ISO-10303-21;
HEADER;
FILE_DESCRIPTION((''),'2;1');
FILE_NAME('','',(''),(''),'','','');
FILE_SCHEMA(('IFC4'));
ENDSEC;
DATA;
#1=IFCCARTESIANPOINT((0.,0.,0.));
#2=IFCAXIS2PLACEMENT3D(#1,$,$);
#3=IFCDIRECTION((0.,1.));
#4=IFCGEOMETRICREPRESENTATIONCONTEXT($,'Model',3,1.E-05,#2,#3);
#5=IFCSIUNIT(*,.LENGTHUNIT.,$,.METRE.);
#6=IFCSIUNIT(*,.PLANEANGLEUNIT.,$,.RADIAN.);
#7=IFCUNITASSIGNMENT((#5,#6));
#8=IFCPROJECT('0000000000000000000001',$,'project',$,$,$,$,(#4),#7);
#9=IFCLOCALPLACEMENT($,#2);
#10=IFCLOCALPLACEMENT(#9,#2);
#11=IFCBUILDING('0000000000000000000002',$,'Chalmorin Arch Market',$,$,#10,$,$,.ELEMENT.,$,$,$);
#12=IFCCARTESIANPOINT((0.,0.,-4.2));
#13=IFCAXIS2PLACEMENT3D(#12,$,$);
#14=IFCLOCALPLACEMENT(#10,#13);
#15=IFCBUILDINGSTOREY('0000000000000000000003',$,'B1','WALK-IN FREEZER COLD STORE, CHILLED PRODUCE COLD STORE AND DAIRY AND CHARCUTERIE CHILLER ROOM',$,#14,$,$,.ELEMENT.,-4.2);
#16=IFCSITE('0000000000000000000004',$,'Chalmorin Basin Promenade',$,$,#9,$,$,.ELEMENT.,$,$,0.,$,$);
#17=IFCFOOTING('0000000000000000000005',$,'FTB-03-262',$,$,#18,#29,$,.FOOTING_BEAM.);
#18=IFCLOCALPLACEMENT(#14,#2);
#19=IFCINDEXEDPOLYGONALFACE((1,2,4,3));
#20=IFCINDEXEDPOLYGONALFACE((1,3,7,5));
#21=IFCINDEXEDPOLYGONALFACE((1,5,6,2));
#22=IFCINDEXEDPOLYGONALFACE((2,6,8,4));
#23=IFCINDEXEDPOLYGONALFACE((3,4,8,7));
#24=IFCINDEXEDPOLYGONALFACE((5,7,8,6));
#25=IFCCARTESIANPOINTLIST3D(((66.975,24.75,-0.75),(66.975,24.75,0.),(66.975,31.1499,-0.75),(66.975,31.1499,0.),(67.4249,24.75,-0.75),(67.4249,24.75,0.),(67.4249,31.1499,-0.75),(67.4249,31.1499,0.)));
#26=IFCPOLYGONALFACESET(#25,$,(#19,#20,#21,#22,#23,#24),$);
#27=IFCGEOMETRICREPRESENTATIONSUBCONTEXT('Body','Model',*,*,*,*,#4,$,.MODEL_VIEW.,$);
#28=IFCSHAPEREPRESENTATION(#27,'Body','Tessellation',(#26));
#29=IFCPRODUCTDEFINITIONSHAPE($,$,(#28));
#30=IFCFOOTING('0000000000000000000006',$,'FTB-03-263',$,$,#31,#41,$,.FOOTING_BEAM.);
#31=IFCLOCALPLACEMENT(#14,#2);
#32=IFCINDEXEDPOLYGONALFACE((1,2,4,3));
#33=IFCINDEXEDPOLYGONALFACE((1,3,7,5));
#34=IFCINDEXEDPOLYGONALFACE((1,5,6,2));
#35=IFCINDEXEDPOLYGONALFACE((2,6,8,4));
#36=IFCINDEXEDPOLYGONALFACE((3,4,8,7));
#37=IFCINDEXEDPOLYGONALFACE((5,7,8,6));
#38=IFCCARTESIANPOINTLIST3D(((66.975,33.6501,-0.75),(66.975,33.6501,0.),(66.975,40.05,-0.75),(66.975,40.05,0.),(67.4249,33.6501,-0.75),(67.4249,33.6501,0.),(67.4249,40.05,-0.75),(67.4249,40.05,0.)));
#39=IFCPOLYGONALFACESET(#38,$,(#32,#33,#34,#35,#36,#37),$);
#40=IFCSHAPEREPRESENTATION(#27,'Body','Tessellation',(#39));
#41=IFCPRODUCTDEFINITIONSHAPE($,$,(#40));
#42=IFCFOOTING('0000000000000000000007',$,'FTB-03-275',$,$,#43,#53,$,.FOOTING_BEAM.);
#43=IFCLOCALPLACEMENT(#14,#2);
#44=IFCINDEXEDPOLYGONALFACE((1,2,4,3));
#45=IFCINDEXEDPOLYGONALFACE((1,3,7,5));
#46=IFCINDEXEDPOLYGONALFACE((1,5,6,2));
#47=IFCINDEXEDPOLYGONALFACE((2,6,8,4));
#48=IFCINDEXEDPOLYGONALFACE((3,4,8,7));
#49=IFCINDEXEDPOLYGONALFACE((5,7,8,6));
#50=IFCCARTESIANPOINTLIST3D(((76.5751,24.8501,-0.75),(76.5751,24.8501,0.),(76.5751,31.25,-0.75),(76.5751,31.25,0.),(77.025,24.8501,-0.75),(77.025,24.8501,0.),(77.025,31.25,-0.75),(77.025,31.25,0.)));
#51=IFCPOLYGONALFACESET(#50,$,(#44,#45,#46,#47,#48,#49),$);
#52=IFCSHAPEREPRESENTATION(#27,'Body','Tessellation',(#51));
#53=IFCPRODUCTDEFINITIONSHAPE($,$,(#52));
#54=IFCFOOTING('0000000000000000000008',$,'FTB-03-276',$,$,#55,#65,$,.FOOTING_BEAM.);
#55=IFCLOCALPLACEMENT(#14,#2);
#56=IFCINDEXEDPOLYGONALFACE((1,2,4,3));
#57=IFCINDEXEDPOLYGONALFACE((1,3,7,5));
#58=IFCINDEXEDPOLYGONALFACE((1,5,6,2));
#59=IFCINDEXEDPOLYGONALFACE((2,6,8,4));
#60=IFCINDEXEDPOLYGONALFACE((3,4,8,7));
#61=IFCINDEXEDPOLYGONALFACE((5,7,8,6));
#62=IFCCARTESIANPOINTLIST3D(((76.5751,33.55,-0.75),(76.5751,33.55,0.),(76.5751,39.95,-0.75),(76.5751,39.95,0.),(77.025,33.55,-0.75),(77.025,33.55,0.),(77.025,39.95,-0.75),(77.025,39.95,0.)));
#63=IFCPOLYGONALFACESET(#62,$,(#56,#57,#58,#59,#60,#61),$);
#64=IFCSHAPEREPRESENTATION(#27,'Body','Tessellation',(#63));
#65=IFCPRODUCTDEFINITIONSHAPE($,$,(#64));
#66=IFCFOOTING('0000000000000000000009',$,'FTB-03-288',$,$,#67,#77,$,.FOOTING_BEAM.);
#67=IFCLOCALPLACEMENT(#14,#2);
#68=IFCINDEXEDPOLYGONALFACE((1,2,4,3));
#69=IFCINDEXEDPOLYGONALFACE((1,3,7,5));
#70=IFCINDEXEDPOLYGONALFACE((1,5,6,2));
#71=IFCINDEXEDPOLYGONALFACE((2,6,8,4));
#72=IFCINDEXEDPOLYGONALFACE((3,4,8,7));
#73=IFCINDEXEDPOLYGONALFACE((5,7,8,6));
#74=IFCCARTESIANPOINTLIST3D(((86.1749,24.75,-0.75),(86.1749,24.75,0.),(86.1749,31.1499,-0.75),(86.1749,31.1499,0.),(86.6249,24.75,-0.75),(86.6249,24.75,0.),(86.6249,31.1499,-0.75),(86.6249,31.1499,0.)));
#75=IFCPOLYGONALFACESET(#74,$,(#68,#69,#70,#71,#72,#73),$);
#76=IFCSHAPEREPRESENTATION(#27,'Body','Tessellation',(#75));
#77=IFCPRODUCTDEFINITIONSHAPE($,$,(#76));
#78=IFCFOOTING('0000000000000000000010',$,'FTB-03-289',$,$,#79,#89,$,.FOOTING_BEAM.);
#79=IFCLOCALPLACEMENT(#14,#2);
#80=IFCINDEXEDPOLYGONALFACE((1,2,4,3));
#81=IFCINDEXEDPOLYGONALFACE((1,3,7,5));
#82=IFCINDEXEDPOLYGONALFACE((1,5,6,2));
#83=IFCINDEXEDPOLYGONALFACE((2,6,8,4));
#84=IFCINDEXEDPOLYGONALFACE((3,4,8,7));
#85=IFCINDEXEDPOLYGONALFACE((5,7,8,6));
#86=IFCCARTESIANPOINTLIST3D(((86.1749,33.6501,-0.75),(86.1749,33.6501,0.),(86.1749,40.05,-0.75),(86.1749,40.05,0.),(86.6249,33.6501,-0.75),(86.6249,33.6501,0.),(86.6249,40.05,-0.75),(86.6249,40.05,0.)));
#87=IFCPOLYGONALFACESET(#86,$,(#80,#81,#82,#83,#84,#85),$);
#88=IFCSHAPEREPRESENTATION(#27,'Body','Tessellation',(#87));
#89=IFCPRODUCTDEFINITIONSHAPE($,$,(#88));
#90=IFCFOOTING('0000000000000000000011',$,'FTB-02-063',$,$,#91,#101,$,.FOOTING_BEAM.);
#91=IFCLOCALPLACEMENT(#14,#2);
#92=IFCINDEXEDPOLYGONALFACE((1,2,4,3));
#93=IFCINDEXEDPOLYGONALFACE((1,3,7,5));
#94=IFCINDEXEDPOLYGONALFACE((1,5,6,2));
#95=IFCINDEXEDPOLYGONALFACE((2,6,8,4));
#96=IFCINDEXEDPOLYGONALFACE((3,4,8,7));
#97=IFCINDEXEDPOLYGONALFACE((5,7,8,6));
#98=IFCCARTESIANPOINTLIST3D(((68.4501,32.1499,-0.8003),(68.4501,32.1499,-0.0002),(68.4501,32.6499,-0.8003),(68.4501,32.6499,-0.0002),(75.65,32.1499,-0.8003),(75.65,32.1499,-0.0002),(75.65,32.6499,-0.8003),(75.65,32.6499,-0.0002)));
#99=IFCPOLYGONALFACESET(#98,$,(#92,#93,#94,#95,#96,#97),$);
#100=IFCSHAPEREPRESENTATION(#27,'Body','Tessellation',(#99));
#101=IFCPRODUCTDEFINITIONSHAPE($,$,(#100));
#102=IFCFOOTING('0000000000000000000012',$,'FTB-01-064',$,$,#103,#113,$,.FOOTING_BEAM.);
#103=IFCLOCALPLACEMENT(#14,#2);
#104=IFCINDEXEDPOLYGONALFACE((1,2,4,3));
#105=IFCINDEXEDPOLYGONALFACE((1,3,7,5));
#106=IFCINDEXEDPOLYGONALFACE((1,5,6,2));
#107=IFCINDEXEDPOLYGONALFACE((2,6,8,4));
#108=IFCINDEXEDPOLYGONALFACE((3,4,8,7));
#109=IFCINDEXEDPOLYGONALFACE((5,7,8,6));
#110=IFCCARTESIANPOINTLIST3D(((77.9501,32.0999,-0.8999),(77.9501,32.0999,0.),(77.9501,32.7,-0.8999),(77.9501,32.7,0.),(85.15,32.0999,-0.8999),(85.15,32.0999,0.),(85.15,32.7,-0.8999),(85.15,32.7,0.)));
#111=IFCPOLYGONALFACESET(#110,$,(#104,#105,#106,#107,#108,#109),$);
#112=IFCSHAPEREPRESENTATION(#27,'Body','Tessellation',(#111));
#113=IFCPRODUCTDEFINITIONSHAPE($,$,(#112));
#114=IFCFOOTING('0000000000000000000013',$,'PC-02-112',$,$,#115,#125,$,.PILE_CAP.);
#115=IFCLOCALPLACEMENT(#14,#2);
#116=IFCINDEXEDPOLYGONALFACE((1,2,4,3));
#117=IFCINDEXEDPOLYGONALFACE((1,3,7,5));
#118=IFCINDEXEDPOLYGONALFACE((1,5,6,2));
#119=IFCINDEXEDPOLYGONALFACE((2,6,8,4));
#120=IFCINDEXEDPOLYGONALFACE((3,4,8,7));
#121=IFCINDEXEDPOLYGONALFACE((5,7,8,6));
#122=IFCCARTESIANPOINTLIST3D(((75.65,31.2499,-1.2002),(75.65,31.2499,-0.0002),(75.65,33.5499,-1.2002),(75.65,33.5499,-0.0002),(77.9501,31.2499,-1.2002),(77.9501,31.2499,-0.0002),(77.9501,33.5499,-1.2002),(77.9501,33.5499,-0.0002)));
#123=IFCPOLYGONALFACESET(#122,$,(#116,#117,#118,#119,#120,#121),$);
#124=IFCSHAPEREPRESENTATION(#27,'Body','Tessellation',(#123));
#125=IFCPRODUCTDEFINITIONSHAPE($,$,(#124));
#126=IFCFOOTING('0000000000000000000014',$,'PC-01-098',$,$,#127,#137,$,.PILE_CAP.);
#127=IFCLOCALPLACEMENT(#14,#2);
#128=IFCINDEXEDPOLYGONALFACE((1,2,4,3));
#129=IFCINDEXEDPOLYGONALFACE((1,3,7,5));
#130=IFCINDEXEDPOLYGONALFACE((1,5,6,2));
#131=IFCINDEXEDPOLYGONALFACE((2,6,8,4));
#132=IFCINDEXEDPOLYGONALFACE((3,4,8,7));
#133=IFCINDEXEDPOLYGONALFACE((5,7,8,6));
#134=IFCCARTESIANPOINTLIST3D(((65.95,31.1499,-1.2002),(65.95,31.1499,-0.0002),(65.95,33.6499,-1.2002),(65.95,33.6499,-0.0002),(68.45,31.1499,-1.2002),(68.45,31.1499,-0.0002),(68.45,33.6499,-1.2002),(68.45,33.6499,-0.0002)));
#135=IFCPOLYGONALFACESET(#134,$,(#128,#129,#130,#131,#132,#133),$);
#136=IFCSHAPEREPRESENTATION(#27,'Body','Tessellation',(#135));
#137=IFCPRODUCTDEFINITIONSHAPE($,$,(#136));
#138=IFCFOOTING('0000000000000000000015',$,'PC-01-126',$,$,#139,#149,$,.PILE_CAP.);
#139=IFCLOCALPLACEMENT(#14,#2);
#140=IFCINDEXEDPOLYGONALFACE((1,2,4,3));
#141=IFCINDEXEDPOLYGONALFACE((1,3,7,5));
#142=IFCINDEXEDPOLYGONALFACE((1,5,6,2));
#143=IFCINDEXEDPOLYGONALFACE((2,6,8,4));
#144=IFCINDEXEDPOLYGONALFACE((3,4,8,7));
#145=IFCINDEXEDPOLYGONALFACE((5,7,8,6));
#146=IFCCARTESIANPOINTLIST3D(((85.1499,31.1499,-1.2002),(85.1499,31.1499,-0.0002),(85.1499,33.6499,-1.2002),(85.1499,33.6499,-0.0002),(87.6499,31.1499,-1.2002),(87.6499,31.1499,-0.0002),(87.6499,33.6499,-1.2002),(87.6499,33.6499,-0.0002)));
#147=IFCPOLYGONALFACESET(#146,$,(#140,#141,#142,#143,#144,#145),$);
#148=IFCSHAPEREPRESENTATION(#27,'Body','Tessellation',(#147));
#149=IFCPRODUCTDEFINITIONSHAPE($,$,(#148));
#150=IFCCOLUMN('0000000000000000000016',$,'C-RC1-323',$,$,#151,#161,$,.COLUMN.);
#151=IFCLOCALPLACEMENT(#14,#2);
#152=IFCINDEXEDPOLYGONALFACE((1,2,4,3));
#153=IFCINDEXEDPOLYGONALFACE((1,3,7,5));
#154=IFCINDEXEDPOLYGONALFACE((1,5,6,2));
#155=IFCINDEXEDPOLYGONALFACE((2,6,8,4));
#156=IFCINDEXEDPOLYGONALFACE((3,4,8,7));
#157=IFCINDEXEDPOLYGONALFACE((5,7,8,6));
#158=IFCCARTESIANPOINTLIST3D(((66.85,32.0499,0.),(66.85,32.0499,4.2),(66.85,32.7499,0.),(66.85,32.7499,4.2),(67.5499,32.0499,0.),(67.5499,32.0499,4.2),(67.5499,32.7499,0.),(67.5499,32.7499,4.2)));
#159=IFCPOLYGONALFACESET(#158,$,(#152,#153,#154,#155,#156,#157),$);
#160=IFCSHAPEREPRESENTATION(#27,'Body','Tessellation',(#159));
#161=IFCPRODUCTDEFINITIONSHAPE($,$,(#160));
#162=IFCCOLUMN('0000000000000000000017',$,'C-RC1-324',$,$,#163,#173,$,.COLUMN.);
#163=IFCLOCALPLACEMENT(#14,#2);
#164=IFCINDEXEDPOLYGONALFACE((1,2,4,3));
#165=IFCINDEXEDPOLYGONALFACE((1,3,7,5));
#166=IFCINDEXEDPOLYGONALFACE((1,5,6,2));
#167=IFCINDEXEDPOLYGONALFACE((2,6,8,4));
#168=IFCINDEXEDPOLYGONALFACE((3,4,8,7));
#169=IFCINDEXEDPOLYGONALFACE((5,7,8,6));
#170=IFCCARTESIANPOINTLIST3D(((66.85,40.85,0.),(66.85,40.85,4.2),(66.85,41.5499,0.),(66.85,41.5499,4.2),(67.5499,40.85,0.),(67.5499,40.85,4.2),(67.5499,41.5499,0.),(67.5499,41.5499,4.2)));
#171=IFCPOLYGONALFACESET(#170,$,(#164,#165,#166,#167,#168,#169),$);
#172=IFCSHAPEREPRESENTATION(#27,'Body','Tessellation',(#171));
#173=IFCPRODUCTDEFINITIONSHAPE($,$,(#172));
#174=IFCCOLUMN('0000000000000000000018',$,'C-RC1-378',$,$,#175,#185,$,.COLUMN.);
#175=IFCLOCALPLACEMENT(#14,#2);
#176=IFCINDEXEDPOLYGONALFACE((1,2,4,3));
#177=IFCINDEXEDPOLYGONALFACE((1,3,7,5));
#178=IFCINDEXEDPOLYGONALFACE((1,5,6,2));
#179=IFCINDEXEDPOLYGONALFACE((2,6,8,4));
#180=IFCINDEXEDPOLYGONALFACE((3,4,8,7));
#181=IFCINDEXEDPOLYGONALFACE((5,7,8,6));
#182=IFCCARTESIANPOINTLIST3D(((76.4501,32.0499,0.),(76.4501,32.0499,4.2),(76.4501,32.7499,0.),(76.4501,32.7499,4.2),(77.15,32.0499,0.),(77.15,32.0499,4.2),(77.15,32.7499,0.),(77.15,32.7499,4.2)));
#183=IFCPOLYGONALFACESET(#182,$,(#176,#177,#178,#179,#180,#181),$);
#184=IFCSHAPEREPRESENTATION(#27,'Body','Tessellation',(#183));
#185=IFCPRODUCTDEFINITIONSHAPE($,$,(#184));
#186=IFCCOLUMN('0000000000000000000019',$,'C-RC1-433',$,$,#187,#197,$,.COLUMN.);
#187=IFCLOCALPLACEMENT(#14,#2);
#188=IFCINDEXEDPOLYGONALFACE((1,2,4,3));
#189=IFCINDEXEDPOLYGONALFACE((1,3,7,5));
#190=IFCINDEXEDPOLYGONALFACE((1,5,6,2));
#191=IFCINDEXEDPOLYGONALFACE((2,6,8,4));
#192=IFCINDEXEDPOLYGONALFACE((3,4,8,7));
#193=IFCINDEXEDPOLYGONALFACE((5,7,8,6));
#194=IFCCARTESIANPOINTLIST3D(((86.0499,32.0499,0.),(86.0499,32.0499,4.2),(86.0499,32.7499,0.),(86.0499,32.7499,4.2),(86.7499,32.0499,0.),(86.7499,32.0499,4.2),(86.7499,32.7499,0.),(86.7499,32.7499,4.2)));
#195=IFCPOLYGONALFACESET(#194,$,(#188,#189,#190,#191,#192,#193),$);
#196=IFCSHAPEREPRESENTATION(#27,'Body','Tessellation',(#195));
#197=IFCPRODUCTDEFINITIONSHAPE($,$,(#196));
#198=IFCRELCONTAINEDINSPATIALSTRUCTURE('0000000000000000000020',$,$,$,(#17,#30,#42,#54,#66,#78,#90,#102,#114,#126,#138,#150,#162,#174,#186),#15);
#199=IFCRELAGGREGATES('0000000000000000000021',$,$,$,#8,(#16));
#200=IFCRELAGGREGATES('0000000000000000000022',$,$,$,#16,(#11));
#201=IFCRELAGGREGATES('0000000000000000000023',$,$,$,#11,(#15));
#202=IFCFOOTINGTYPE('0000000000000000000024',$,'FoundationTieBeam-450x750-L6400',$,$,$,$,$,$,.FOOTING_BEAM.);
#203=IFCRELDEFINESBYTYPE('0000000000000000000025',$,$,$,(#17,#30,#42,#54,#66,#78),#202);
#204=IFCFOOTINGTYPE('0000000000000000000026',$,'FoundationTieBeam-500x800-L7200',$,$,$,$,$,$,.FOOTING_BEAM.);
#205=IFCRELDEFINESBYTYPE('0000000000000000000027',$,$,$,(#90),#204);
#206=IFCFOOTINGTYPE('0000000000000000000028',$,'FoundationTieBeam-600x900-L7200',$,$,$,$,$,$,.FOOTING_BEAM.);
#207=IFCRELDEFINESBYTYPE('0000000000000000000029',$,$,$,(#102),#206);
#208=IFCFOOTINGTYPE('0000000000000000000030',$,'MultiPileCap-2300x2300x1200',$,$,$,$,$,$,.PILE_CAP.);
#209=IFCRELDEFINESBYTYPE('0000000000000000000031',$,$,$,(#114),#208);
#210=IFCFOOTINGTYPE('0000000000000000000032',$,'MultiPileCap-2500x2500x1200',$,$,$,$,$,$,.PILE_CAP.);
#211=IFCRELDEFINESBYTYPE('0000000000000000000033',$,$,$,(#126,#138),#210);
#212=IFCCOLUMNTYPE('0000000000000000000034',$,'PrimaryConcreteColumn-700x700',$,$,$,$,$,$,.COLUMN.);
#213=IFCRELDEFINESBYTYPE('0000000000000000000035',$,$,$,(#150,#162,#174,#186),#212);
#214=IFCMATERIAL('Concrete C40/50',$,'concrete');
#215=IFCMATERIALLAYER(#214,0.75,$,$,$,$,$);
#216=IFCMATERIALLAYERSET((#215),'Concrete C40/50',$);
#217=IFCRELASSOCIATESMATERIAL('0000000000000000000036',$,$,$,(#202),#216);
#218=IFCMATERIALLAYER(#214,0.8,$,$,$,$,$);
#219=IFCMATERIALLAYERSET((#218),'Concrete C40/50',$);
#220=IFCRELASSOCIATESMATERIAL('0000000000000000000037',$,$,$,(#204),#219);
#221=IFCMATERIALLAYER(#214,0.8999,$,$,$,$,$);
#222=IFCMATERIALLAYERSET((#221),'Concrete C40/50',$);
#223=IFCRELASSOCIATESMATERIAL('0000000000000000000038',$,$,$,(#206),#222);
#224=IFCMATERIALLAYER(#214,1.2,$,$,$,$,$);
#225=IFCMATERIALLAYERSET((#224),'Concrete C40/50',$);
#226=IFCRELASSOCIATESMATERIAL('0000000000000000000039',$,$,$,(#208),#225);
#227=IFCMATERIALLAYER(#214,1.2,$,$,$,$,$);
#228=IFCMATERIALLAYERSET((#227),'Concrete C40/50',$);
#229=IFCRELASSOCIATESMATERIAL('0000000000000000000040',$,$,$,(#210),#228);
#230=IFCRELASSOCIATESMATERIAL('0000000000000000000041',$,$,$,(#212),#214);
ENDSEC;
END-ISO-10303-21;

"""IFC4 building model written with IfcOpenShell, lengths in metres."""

from ifc_helpers import new_model, si_unit, direction, frame, origin, origin_2d, place, context, subcontext, project, spatial, rectangle, extrude, material, layer, layer_set, material_profile, profile_set, type_object, element, save


model = new_model("IFC4")

# Units and contexts
model_context = context("Model", 3, precision=1e-05, world=origin(), true_north=direction((0.0, 1.0)))
body_context = subcontext(model_context, "Body", "Model", "MODEL_VIEW")
ifc_project = project(units=[si_unit("LENGTHUNIT", "METRE"), si_unit("PLANEANGLEUNIT", "RADIAN")], contexts=[model_context])

# Site, building, storey
site_placement = place(None, origin())
site = spatial("IfcSite", under=ifc_project, at=site_placement, Name="Chalmorin Basin Promenade", CompositionType="ELEMENT", RefElevation=0.0)
building_placement = place(site_placement, origin())
building = spatial("IfcBuilding", under=site, at=building_placement, Name="Chalmorin Arch Market", CompositionType="ELEMENT")
storey_placement = place(building_placement, frame((0.0, 0.0, -4.2)))
storey = spatial("IfcBuildingStorey", under=building, at=storey_placement, Name="B1", Description="WALK-IN FREEZER COLD STORE, CHILLED PRODUCE COLD STORE AND DAIRY AND CHARCUTERIE CHILLER ROOM", CompositionType="ELEMENT", Elevation=-4.2)

# Footings
ifc_material_1 = material(Name="Concrete C40/50", Category="concrete")
ifc_layer_1 = layer(ifc_material_1, 0.75)
ifc_layer_set_1 = layer_set([ifc_layer_1], Name="Concrete C40/50")
footing_type_1 = type_object("IfcFootingType", Name="FoundationTieBeam-450x750-L6400", PredefinedType="FOOTING_BEAM", material=ifc_layer_set_1)
for number, where, z_axis, x_axis, name in (
    (1, (67.2, 27.95, -0.75), (0.0, 0.0, 1.0), (0.0, 1.0, 0.0), "FTB-03-262"),
    (2, (67.2, 36.8501, -0.75), (0.0, 0.0, 1.0), (0.0, 1.0, 0.0), "FTB-03-263"),
    (3, (76.8, 28.05, -0.75), (0.0, 0.0, 1.0), (0.0, 1.0, 0.0), "FTB-03-275"),
    (4, (76.8, 36.75, -0.75), (0.0, 0.0, 1.0), (0.0, 1.0, 0.0), "FTB-03-276"),
    (5, (86.3999, 27.95, -0.75), (0.0, 0.0, 1.0), (0.0, 1.0, 0.0), "FTB-03-288"),
    (6, (86.3999, 36.8501, -0.75), (0.0, 0.0, 1.0), (0.0, 1.0, 0.0), "FTB-03-289"),
):
    element("IfcFooting", number, at=place(storey_placement, frame(where, z_axis=z_axis, x_axis=x_axis)), inside=storey, type_object=footing_type_1, Name=name, PredefinedType="FOOTING_BEAM", context=body_context, shape_type="SweptSolid", body=[
        extrude(rectangle(XDim=6.3999, YDim=0.45, at=origin_2d()), origin(), (0.0, 0.0, 1.0), 0.75),
    ])
ifc_layer_2 = layer(ifc_material_1, 0.8)
ifc_layer_set_2 = layer_set([ifc_layer_2], Name="Concrete C40/50")
footing_type_2 = type_object("IfcFootingType", Name="FoundationTieBeam-500x800-L7200", PredefinedType="FOOTING_BEAM", material=ifc_layer_set_2)
footing_1_placement = place(storey_placement, frame((72.05, 32.3999, -0.8003), z_axis=(0.0, 0.0, 1.0), x_axis=(1.0, 0.0, 0.0)))
element("IfcFooting", 7, at=footing_1_placement, inside=storey, type_object=footing_type_2, Name="FTB-02-063", PredefinedType="FOOTING_BEAM", context=body_context, shape_type="SweptSolid", body=[
    extrude(rectangle(XDim=7.2, YDim=0.5, at=origin_2d()), origin(), (0.0, 0.0, 1.0), 0.8),
])
ifc_layer_3 = layer(ifc_material_1, 0.8999)
ifc_layer_set_3 = layer_set([ifc_layer_3], Name="Concrete C40/50")
footing_type_3 = type_object("IfcFootingType", Name="FoundationTieBeam-600x900-L7200", PredefinedType="FOOTING_BEAM", material=ifc_layer_set_3)
footing_2_placement = place(storey_placement, frame((81.55, 32.3999, -0.8999), z_axis=(0.0, 0.0, 1.0), x_axis=(1.0, 0.0, 0.0)))
element("IfcFooting", 8, at=footing_2_placement, inside=storey, type_object=footing_type_3, Name="FTB-01-064", PredefinedType="FOOTING_BEAM", context=body_context, shape_type="SweptSolid", body=[
    extrude(rectangle(XDim=7.2, YDim=0.6001, at=origin_2d()), origin(), (0.0, 0.0, 1.0), 0.8999),
])
ifc_layer_4 = layer(ifc_material_1, 1.2)
ifc_layer_set_4 = layer_set([ifc_layer_4], Name="Concrete C40/50")
footing_type_4 = type_object("IfcFootingType", Name="MultiPileCap-2300x2300x1200", PredefinedType="PILE_CAP", material=ifc_layer_set_4)
footing_3_placement = place(storey_placement, frame((76.8, 32.3999, -1.2002), z_axis=(0.0, 0.0, 1.0), x_axis=(1.0, 0.0, 0.0)))
element("IfcFooting", 9, at=footing_3_placement, inside=storey, type_object=footing_type_4, Name="PC-02-112", PredefinedType="PILE_CAP", context=body_context, shape_type="SweptSolid", body=[
    extrude(rectangle(XDim=2.3, YDim=2.3, at=origin_2d()), origin(), (0.0, 0.0, 1.0), 1.2),
])
ifc_layer_5 = layer(ifc_material_1, 1.2)
ifc_layer_set_5 = layer_set([ifc_layer_5], Name="Concrete C40/50")
footing_type_5 = type_object("IfcFootingType", Name="MultiPileCap-2500x2500x1200", PredefinedType="PILE_CAP", material=ifc_layer_set_5)
for number, where, z_axis, x_axis, name in (
    (10, (67.2, 32.3999, -1.2002), (0.0, 0.0, 1.0), (1.0, 0.0, 0.0), "PC-01-098"),
    (11, (86.3999, 32.3999, -1.2002), (0.0, 0.0, 1.0), (1.0, 0.0, 0.0), "PC-01-126"),
):
    element("IfcFooting", number, at=place(storey_placement, frame(where, z_axis=z_axis, x_axis=x_axis)), inside=storey, type_object=footing_type_5, Name=name, PredefinedType="PILE_CAP", context=body_context, shape_type="SweptSolid", body=[
        extrude(rectangle(XDim=2.5, YDim=2.5, at=origin_2d()), origin(), (0.0, 0.0, 1.0), 1.2),
    ])

# Columns
ifc_material_profile_1 = material_profile(ifc_material_1, rectangle(XDim=0.7, YDim=0.7, at=origin_2d()), Name="RC700X700")
ifc_profile_set_1 = profile_set([ifc_material_profile_1], Name="Concrete C40/50")
column_type = type_object("IfcColumnType", Name="PrimaryConcreteColumn-700x700", PredefinedType="COLUMN", material=ifc_profile_set_1)
for number, where, z_axis, x_axis, name in (
    (12, (67.2, 32.3999, 0.0), (0.0, 0.0, 1.0), (1.0, 0.0, 0.0), "C-RC1-323"),
    (13, (67.2, 41.2, 0.0), (0.0, 0.0, 1.0), (1.0, 0.0, 0.0), "C-RC1-324"),
    (14, (76.8, 32.3999, 0.0), (0.0, 0.0, 1.0), (1.0, 0.0, 0.0), "C-RC1-378"),
    (15, (86.3999, 32.3999, 0.0), (0.0, 0.0, 1.0), (1.0, 0.0, 0.0), "C-RC1-433"),
):
    element("IfcColumn", number, at=place(storey_placement, frame(where, z_axis=z_axis, x_axis=x_axis)), inside=storey, type_object=column_type, Name=name, PredefinedType="COLUMN", context=body_context, shape_type="SweptSolid", body=[
        extrude(rectangle(XDim=0.7, YDim=0.7, at=origin_2d()), origin(), (0.0, 0.0, 1.0), 4.2),
    ])

save(model, "model.ifc")
